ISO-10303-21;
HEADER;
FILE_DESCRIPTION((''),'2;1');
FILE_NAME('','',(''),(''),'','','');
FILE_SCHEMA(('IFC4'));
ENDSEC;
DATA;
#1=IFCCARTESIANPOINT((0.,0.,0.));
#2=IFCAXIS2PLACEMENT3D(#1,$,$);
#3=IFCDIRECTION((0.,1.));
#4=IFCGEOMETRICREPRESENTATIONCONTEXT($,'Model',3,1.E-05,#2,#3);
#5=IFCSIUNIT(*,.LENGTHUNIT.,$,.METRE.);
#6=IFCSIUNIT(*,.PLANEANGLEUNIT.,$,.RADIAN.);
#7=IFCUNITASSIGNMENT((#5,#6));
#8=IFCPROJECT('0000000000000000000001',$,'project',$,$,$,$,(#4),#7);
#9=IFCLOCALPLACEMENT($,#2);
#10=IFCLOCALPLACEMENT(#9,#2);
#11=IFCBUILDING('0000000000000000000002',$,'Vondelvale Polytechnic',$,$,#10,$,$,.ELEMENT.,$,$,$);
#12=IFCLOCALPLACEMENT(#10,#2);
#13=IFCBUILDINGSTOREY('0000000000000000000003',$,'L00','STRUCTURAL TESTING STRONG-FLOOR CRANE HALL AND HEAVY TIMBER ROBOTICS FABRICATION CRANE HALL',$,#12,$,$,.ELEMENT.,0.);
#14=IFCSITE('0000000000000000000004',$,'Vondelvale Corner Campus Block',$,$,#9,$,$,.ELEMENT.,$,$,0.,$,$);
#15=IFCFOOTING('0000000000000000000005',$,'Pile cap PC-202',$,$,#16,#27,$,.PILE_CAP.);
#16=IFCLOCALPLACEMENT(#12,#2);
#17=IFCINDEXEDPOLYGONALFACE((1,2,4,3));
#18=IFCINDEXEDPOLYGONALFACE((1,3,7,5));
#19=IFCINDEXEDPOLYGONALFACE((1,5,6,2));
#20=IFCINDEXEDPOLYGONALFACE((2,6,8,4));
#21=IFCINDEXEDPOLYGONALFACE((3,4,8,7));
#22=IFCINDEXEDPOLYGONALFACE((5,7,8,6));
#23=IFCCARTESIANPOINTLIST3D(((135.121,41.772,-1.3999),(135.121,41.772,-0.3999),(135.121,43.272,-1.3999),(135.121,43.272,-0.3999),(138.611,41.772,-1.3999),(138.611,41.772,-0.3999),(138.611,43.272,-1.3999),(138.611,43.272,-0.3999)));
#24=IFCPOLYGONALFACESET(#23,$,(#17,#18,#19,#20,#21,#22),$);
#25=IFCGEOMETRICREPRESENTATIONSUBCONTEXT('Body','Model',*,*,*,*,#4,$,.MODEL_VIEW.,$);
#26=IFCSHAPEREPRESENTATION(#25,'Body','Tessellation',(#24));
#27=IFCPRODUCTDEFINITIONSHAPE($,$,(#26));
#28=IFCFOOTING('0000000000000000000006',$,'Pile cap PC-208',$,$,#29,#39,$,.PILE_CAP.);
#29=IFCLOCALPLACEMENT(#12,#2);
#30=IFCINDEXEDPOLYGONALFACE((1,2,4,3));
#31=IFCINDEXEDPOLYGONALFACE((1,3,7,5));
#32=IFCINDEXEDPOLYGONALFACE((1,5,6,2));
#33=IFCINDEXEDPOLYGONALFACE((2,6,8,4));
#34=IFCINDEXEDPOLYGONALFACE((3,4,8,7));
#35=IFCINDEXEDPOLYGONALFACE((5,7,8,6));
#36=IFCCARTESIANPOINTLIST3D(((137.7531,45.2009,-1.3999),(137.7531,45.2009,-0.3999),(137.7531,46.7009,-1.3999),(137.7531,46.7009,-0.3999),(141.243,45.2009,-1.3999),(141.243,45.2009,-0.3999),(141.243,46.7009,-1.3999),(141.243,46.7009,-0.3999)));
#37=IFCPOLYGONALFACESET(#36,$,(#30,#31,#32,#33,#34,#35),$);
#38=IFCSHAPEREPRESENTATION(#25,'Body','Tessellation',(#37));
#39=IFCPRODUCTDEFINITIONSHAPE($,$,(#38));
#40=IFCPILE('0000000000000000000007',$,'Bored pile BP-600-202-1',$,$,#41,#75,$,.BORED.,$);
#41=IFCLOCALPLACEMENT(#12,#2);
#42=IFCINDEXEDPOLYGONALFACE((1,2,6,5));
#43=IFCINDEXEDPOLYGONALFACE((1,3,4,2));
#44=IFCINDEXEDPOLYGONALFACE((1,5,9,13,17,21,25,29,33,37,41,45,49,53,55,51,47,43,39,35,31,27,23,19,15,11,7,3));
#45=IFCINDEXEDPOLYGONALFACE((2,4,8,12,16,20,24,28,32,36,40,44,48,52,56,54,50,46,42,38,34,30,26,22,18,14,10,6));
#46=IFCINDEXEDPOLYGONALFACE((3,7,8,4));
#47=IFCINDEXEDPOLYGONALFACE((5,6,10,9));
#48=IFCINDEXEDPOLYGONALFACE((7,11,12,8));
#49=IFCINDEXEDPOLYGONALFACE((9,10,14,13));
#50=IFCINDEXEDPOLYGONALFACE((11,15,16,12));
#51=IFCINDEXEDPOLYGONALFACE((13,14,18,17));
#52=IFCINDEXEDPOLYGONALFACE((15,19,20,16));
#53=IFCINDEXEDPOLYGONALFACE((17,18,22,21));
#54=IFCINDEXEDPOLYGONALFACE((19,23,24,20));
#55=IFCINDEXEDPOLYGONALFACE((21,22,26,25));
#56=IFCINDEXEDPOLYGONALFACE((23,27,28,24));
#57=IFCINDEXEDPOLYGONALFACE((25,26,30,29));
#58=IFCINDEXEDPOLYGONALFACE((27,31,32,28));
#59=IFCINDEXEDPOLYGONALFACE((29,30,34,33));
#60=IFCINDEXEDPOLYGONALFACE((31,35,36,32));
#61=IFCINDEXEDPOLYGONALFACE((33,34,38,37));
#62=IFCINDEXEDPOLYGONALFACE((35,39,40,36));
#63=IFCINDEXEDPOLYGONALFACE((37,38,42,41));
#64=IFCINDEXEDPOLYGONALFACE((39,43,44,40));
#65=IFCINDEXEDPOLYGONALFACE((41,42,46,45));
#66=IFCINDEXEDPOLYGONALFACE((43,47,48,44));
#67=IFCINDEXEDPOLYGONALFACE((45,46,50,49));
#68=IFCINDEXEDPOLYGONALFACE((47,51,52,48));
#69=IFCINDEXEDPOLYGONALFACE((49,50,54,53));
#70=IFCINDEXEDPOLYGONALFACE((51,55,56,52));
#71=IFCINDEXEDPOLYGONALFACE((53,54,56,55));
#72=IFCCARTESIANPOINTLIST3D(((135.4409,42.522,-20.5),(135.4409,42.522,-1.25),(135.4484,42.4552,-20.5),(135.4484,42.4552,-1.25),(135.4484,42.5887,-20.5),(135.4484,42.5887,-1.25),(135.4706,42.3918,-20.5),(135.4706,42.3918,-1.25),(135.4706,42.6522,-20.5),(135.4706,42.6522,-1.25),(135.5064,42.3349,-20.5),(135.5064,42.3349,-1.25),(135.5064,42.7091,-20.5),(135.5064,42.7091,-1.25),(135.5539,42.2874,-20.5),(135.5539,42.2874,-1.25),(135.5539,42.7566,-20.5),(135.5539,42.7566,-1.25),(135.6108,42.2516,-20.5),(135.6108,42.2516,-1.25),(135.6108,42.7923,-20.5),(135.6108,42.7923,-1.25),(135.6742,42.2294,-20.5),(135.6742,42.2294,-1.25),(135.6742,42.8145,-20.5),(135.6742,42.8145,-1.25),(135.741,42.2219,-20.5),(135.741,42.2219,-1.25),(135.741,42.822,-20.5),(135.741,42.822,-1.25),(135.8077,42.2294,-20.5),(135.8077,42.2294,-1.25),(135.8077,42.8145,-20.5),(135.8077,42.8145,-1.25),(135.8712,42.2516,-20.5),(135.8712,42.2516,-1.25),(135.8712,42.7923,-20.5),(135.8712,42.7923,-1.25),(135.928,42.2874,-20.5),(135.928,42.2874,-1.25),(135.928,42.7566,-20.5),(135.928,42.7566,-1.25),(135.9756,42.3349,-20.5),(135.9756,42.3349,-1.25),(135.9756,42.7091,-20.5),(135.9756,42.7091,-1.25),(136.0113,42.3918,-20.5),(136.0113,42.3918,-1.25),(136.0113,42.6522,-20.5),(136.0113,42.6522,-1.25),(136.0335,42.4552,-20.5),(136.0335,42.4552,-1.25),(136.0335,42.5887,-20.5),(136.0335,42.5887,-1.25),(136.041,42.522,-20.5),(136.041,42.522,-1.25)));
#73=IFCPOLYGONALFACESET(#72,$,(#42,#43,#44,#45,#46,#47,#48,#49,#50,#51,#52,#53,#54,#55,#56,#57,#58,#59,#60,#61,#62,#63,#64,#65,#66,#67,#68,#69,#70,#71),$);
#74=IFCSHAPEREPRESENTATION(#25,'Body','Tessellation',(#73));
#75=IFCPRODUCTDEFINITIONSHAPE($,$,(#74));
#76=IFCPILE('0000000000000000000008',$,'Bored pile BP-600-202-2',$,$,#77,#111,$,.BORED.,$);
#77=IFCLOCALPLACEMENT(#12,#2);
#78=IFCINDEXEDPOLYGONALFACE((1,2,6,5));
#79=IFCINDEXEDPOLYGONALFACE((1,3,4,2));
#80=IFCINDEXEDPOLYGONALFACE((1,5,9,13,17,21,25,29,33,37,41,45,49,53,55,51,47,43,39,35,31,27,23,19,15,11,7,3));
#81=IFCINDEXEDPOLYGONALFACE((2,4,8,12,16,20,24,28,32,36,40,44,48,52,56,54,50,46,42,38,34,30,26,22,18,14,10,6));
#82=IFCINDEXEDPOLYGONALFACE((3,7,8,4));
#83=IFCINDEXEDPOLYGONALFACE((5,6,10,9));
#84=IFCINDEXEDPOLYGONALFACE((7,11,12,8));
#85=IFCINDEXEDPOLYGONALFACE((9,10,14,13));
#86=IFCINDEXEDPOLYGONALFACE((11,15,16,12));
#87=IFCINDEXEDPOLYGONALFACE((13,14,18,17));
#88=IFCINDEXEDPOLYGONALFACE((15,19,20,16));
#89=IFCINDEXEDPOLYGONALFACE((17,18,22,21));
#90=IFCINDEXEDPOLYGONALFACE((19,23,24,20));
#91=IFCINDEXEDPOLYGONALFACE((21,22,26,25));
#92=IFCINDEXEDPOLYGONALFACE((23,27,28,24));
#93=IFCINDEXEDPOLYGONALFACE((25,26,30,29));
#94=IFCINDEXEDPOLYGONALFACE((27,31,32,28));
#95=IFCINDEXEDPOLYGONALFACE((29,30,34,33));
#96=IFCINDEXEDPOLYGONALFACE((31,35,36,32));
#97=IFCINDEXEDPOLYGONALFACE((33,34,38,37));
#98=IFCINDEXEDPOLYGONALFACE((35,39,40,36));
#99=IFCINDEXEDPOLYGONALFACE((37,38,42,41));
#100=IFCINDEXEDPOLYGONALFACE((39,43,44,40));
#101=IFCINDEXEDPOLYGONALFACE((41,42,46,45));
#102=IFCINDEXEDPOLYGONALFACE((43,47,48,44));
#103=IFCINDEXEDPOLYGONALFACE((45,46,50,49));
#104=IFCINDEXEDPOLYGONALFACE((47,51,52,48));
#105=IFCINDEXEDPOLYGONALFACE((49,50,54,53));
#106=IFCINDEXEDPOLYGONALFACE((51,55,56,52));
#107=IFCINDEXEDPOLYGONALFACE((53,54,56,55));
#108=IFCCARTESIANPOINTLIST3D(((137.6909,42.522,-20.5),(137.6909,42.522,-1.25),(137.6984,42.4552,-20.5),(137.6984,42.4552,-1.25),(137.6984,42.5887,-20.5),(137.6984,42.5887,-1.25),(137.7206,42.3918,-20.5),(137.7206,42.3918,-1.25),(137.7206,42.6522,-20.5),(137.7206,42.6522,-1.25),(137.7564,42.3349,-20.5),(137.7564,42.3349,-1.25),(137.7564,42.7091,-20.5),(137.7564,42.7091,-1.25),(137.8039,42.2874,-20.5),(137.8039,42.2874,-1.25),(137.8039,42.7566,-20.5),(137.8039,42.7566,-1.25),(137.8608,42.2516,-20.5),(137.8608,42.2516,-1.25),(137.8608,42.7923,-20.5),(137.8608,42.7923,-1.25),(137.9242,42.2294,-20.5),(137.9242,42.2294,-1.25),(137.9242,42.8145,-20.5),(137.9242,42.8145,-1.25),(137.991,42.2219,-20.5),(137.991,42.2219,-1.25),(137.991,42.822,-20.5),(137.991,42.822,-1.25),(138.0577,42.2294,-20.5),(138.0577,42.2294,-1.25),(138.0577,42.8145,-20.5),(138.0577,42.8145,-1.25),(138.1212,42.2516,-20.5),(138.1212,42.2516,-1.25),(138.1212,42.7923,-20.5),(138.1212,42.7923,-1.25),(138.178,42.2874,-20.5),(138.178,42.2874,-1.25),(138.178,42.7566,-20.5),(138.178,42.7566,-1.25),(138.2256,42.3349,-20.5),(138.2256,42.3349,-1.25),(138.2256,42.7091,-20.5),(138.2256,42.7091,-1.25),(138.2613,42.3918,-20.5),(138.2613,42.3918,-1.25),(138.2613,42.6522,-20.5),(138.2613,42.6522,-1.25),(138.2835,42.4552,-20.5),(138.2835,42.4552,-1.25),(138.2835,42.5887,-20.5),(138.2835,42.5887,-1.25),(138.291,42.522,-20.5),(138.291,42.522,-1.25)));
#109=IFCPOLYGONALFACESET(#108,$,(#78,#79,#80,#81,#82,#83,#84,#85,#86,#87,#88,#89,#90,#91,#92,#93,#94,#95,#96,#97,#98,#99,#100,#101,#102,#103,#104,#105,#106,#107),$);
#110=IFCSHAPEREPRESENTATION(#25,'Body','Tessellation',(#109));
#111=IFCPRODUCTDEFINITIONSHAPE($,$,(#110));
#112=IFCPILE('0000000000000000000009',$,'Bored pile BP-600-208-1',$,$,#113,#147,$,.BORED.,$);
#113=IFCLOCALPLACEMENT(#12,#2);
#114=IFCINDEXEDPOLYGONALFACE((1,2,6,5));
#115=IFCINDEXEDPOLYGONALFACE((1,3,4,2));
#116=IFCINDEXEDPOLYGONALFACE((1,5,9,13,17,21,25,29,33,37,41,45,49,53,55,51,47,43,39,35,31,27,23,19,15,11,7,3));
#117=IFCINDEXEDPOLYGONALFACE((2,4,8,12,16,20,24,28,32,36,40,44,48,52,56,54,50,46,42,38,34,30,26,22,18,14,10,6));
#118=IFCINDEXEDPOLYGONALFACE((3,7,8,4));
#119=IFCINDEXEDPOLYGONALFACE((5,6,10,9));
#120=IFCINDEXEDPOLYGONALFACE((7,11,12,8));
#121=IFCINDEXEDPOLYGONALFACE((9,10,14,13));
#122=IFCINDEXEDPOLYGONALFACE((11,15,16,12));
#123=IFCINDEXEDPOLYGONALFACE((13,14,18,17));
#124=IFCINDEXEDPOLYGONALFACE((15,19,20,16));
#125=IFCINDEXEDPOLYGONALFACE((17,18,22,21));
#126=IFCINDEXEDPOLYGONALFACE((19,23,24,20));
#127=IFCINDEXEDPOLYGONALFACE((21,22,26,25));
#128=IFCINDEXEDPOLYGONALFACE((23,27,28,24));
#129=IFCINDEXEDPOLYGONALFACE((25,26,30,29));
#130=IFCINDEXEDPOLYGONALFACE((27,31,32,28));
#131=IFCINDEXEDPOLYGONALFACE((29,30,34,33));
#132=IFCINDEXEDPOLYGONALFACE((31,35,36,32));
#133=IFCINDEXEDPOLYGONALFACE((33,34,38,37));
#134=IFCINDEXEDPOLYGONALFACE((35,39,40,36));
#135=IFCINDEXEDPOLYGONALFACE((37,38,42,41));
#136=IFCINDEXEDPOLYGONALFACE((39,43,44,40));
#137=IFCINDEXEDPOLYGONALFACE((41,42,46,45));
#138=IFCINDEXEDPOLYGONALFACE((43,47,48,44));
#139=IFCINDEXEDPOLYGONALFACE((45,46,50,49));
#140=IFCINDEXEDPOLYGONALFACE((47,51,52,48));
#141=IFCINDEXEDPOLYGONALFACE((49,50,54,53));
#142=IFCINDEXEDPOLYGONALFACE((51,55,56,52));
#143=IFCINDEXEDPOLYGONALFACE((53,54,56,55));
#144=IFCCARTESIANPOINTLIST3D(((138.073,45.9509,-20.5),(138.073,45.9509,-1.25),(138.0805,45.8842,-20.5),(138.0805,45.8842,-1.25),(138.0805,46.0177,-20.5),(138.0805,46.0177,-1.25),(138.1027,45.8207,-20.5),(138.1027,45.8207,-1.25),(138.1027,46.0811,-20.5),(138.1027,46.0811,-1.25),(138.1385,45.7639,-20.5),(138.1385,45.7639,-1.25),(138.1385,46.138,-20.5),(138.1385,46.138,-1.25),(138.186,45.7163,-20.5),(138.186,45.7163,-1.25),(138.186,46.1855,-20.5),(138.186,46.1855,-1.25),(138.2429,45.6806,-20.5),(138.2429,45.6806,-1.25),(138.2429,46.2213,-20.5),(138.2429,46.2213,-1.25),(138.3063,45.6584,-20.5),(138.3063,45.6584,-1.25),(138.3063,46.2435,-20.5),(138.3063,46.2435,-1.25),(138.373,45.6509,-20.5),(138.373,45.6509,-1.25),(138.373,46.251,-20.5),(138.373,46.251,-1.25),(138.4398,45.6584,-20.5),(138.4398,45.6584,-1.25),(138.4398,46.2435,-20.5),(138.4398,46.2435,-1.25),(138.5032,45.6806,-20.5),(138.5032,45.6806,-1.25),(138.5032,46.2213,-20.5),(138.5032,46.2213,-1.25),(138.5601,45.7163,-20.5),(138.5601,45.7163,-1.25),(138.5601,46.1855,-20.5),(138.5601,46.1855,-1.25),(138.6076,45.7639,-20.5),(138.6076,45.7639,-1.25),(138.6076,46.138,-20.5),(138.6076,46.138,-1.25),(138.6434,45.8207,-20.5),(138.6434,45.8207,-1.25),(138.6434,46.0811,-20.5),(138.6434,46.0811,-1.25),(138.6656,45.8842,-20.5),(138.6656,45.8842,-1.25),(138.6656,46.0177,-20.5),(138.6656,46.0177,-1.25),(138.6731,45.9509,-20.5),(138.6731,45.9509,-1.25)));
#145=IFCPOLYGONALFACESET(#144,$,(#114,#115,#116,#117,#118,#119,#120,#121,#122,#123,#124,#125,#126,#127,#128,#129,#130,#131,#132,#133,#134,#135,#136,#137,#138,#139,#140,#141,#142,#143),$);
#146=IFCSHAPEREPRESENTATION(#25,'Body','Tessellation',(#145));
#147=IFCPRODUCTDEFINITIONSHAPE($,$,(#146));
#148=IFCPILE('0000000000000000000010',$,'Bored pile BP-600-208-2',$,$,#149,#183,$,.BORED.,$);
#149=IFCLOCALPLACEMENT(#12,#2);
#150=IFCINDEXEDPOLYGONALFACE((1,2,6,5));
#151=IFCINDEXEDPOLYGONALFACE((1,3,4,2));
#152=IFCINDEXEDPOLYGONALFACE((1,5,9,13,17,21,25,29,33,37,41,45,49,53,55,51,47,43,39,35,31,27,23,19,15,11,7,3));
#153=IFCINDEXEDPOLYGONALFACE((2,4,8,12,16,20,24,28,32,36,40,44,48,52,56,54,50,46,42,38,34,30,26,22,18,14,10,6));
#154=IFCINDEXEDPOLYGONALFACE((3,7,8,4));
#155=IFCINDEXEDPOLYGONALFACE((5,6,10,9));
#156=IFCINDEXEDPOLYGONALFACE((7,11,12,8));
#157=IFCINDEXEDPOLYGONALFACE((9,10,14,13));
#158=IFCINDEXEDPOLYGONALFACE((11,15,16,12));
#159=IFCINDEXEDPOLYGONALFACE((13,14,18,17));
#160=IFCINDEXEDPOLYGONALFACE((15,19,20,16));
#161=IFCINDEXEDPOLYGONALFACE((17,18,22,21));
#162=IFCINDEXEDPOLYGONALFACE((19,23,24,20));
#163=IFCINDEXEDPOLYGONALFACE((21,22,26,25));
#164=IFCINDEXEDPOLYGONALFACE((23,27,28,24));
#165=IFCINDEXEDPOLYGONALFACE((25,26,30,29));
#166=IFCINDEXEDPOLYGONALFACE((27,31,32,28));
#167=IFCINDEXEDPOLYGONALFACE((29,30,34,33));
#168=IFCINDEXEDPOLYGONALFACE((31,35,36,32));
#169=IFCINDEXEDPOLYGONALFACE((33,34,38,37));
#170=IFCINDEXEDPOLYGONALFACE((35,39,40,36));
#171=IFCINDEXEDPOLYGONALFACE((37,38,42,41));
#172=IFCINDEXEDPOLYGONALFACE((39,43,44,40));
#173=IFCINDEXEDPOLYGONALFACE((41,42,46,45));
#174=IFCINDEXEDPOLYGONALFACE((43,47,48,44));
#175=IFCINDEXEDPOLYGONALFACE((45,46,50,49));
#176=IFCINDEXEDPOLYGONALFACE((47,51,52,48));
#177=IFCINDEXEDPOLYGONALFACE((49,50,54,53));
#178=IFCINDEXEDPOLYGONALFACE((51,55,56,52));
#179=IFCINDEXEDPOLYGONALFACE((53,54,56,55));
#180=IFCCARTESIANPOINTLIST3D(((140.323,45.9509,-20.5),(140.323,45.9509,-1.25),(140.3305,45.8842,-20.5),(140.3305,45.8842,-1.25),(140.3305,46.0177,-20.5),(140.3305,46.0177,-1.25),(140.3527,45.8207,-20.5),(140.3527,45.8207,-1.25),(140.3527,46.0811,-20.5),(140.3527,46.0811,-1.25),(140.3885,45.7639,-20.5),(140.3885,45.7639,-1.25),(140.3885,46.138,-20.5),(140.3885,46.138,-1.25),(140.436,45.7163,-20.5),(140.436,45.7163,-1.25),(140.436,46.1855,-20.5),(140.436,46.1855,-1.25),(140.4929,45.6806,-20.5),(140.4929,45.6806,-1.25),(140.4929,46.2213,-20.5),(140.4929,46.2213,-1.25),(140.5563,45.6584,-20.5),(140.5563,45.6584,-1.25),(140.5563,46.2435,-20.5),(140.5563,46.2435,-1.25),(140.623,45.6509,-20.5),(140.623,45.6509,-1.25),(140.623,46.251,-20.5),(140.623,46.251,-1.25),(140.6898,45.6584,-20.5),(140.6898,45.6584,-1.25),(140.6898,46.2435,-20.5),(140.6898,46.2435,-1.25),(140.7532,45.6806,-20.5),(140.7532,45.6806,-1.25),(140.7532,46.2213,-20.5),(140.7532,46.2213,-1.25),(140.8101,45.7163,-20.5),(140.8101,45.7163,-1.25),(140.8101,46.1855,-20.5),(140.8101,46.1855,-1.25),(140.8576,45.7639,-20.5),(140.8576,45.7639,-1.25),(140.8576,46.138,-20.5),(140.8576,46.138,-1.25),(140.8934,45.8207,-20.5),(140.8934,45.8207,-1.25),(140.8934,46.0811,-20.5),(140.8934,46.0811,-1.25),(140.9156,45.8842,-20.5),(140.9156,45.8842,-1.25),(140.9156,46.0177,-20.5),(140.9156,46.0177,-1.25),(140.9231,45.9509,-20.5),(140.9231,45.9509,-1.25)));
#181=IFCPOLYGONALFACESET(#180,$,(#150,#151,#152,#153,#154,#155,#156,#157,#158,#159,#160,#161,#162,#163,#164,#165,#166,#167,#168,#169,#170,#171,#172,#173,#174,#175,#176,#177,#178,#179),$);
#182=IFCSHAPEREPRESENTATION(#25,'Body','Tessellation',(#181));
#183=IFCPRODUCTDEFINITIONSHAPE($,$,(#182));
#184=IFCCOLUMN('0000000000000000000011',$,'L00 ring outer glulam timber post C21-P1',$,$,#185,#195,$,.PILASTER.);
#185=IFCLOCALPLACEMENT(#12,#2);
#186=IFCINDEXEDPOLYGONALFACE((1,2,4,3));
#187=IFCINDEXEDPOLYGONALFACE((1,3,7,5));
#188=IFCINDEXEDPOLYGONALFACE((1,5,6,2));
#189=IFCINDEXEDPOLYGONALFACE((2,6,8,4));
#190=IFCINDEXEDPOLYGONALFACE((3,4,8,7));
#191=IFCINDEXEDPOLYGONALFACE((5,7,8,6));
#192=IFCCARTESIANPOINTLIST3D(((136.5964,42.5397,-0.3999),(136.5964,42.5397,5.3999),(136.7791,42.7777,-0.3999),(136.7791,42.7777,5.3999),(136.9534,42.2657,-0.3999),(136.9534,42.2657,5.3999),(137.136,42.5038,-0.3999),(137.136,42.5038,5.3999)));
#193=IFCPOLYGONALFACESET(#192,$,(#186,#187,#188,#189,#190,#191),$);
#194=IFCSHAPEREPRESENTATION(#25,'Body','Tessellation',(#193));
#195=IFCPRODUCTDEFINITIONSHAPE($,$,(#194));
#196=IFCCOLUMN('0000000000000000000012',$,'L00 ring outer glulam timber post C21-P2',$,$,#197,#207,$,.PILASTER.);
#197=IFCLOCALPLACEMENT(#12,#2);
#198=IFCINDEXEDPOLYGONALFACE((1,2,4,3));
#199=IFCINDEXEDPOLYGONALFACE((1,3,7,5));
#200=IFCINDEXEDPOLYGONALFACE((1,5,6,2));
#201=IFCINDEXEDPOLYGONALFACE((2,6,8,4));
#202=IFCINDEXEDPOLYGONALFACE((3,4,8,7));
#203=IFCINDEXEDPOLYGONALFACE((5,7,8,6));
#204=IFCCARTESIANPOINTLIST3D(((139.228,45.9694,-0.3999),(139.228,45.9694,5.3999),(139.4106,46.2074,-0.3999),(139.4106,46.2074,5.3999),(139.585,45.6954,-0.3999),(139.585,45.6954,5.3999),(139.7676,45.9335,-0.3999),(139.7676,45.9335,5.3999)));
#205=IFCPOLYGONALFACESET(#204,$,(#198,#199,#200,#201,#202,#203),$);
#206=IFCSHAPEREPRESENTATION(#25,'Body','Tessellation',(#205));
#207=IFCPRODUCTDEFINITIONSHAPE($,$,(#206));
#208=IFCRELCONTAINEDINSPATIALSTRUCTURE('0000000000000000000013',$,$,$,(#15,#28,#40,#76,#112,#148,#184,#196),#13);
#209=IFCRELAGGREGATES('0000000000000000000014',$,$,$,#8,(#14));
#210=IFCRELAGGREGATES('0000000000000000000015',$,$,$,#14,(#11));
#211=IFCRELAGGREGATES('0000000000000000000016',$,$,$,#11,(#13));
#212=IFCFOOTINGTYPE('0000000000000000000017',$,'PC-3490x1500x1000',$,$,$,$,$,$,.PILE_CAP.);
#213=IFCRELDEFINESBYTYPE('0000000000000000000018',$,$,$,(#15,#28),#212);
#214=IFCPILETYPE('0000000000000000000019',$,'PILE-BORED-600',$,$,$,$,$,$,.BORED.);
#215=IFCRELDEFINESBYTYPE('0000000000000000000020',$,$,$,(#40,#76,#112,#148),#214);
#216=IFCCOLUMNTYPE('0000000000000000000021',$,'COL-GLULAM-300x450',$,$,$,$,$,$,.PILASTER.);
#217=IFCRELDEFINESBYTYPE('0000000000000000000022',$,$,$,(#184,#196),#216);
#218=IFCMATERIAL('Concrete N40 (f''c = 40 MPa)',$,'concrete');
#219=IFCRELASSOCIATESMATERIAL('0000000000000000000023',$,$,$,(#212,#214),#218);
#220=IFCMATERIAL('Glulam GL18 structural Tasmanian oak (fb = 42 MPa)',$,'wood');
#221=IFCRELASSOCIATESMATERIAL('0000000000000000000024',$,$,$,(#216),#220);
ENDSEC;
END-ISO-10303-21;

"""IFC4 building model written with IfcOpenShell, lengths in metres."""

from ifc_helpers import new_model, si_unit, direction, frame, origin, origin_2d, place, context, subcontext, project, spatial, rectangle, circle, extrude, material, material_profile, profile_set, type_object, element, save


model = new_model("IFC4")

# Units and contexts
model_context = context("Model", 3, precision=1e-05, world=origin(), true_north=direction((0.0, 1.0)))
body_context = subcontext(model_context, "Body", "Model", "MODEL_VIEW")
ifc_project = project(units=[si_unit("LENGTHUNIT", "METRE"), si_unit("PLANEANGLEUNIT", "RADIAN")], contexts=[model_context])

# Site, building, storey
site_placement = place(None, origin())
site = spatial("IfcSite", under=ifc_project, at=site_placement, Name="Vondelvale Corner Campus Block", CompositionType="ELEMENT", RefElevation=0.0)
building_placement = place(site_placement, origin())
building = spatial("IfcBuilding", under=site, at=building_placement, Name="Vondelvale Polytechnic", CompositionType="ELEMENT")
storey_placement = place(building_placement, origin())
storey = spatial("IfcBuildingStorey", under=building, at=storey_placement, Name="L00", Description="STRUCTURAL TESTING STRONG-FLOOR CRANE HALL AND HEAVY TIMBER ROBOTICS FABRICATION CRANE HALL", CompositionType="ELEMENT", Elevation=0.0)

# Footings
ifc_material_1 = material(Name="Concrete N40 (f'c = 40 MPa)", Category="concrete")
footing_type = type_object("IfcFootingType", Name="PC-3490x1500x1000", PredefinedType="PILE_CAP", material=ifc_material_1)
for number, where, z_axis, x_axis, name in (
    (1, (136.866, 42.522, -1.3999), (0.0, 0.0, 1.0), (1.0, 0.0, 0.0), "Pile cap PC-202"),
    (2, (139.498, 45.9509, -1.3999), (0.0, 0.0, 1.0), (1.0, 0.0, 0.0), "Pile cap PC-208"),
):
    element("IfcFooting", number, at=place(storey_placement, frame(where, z_axis=z_axis, x_axis=x_axis)), inside=storey, type_object=footing_type, Name=name, PredefinedType="PILE_CAP", context=body_context, shape_type="SweptSolid", body=[
        extrude(rectangle(XDim=3.49, YDim=1.5, at=origin_2d()), origin(), (0.0, 0.0, 1.0), 1.0),
    ])

# Piles
ifc_material_profile_1 = material_profile(ifc_material_1, circle(Radius=0.3, at=origin_2d()), Name="PILE-D600")
ifc_profile_set_1 = profile_set([ifc_material_profile_1], Name="Concrete N40 (f'c = 40 MPa)")
pile_type = type_object("IfcPileType", Name="PILE-BORED-600", PredefinedType="BORED", material=ifc_profile_set_1)
for number, where, z_axis, x_axis, name in (
    (3, (135.741, 42.522, -1.25), (0.0, 0.0, -1.0), (1.0, 0.0, 0.0), "Bored pile BP-600-202-1"),
    (4, (137.991, 42.522, -1.25), (0.0, 0.0, -1.0), (1.0, 0.0, 0.0), "Bored pile BP-600-202-2"),
    (5, (138.373, 45.9509, -1.25), (0.0, 0.0, -1.0), (1.0, 0.0, 0.0), "Bored pile BP-600-208-1"),
    (6, (140.623, 45.9509, -1.25), (0.0, 0.0, -1.0), (1.0, 0.0, 0.0), "Bored pile BP-600-208-2"),
):
    element("IfcPile", number, at=place(storey_placement, frame(where, z_axis=z_axis, x_axis=x_axis)), inside=storey, type_object=pile_type, Name=name, PredefinedType="BORED", context=body_context, shape_type="SweptSolid", body=[
        extrude(circle(Radius=0.3, at=origin_2d()), origin(), (0.0, 0.0, 1.0), 19.25),
    ])

# Columns
ifc_material_2 = material(Name="Glulam GL18 structural Tasmanian oak (fb = 42 MPa)", Category="wood")
ifc_material_profile_2 = material_profile(ifc_material_2, rectangle(XDim=0.3, YDim=0.45, at=origin_2d()), Name="GL-POST-300x450")
ifc_profile_set_2 = profile_set([ifc_material_profile_2], Name="Glulam GL18 structural Tasmanian oak (fb = 42 MPa)")
column_type = type_object("IfcColumnType", Name="COL-GLULAM-300x450", PredefinedType="PILASTER", material=ifc_profile_set_2)
for number, where, z_axis, x_axis, name in (
    (7, (136.8662, 42.5217, -0.3999), (0.0, 0.0, 1.0), (0.608761, 0.793353, 0.0), "L00 ring outer glulam timber post C21-P1"),
    (8, (139.4978, 45.9514, -0.3999), (0.0, 0.0, 1.0), (0.608761, 0.793353, 0.0), "L00 ring outer glulam timber post C21-P2"),
):
    element("IfcColumn", number, at=place(storey_placement, frame(where, z_axis=z_axis, x_axis=x_axis)), inside=storey, type_object=column_type, Name=name, PredefinedType="PILASTER", context=body_context, shape_type="SweptSolid", body=[
        extrude(rectangle(XDim=0.3, YDim=0.45, at=origin_2d()), origin(), (0.0, 0.0, 1.0), 5.7998),
    ])

save(model, "model.ifc")
